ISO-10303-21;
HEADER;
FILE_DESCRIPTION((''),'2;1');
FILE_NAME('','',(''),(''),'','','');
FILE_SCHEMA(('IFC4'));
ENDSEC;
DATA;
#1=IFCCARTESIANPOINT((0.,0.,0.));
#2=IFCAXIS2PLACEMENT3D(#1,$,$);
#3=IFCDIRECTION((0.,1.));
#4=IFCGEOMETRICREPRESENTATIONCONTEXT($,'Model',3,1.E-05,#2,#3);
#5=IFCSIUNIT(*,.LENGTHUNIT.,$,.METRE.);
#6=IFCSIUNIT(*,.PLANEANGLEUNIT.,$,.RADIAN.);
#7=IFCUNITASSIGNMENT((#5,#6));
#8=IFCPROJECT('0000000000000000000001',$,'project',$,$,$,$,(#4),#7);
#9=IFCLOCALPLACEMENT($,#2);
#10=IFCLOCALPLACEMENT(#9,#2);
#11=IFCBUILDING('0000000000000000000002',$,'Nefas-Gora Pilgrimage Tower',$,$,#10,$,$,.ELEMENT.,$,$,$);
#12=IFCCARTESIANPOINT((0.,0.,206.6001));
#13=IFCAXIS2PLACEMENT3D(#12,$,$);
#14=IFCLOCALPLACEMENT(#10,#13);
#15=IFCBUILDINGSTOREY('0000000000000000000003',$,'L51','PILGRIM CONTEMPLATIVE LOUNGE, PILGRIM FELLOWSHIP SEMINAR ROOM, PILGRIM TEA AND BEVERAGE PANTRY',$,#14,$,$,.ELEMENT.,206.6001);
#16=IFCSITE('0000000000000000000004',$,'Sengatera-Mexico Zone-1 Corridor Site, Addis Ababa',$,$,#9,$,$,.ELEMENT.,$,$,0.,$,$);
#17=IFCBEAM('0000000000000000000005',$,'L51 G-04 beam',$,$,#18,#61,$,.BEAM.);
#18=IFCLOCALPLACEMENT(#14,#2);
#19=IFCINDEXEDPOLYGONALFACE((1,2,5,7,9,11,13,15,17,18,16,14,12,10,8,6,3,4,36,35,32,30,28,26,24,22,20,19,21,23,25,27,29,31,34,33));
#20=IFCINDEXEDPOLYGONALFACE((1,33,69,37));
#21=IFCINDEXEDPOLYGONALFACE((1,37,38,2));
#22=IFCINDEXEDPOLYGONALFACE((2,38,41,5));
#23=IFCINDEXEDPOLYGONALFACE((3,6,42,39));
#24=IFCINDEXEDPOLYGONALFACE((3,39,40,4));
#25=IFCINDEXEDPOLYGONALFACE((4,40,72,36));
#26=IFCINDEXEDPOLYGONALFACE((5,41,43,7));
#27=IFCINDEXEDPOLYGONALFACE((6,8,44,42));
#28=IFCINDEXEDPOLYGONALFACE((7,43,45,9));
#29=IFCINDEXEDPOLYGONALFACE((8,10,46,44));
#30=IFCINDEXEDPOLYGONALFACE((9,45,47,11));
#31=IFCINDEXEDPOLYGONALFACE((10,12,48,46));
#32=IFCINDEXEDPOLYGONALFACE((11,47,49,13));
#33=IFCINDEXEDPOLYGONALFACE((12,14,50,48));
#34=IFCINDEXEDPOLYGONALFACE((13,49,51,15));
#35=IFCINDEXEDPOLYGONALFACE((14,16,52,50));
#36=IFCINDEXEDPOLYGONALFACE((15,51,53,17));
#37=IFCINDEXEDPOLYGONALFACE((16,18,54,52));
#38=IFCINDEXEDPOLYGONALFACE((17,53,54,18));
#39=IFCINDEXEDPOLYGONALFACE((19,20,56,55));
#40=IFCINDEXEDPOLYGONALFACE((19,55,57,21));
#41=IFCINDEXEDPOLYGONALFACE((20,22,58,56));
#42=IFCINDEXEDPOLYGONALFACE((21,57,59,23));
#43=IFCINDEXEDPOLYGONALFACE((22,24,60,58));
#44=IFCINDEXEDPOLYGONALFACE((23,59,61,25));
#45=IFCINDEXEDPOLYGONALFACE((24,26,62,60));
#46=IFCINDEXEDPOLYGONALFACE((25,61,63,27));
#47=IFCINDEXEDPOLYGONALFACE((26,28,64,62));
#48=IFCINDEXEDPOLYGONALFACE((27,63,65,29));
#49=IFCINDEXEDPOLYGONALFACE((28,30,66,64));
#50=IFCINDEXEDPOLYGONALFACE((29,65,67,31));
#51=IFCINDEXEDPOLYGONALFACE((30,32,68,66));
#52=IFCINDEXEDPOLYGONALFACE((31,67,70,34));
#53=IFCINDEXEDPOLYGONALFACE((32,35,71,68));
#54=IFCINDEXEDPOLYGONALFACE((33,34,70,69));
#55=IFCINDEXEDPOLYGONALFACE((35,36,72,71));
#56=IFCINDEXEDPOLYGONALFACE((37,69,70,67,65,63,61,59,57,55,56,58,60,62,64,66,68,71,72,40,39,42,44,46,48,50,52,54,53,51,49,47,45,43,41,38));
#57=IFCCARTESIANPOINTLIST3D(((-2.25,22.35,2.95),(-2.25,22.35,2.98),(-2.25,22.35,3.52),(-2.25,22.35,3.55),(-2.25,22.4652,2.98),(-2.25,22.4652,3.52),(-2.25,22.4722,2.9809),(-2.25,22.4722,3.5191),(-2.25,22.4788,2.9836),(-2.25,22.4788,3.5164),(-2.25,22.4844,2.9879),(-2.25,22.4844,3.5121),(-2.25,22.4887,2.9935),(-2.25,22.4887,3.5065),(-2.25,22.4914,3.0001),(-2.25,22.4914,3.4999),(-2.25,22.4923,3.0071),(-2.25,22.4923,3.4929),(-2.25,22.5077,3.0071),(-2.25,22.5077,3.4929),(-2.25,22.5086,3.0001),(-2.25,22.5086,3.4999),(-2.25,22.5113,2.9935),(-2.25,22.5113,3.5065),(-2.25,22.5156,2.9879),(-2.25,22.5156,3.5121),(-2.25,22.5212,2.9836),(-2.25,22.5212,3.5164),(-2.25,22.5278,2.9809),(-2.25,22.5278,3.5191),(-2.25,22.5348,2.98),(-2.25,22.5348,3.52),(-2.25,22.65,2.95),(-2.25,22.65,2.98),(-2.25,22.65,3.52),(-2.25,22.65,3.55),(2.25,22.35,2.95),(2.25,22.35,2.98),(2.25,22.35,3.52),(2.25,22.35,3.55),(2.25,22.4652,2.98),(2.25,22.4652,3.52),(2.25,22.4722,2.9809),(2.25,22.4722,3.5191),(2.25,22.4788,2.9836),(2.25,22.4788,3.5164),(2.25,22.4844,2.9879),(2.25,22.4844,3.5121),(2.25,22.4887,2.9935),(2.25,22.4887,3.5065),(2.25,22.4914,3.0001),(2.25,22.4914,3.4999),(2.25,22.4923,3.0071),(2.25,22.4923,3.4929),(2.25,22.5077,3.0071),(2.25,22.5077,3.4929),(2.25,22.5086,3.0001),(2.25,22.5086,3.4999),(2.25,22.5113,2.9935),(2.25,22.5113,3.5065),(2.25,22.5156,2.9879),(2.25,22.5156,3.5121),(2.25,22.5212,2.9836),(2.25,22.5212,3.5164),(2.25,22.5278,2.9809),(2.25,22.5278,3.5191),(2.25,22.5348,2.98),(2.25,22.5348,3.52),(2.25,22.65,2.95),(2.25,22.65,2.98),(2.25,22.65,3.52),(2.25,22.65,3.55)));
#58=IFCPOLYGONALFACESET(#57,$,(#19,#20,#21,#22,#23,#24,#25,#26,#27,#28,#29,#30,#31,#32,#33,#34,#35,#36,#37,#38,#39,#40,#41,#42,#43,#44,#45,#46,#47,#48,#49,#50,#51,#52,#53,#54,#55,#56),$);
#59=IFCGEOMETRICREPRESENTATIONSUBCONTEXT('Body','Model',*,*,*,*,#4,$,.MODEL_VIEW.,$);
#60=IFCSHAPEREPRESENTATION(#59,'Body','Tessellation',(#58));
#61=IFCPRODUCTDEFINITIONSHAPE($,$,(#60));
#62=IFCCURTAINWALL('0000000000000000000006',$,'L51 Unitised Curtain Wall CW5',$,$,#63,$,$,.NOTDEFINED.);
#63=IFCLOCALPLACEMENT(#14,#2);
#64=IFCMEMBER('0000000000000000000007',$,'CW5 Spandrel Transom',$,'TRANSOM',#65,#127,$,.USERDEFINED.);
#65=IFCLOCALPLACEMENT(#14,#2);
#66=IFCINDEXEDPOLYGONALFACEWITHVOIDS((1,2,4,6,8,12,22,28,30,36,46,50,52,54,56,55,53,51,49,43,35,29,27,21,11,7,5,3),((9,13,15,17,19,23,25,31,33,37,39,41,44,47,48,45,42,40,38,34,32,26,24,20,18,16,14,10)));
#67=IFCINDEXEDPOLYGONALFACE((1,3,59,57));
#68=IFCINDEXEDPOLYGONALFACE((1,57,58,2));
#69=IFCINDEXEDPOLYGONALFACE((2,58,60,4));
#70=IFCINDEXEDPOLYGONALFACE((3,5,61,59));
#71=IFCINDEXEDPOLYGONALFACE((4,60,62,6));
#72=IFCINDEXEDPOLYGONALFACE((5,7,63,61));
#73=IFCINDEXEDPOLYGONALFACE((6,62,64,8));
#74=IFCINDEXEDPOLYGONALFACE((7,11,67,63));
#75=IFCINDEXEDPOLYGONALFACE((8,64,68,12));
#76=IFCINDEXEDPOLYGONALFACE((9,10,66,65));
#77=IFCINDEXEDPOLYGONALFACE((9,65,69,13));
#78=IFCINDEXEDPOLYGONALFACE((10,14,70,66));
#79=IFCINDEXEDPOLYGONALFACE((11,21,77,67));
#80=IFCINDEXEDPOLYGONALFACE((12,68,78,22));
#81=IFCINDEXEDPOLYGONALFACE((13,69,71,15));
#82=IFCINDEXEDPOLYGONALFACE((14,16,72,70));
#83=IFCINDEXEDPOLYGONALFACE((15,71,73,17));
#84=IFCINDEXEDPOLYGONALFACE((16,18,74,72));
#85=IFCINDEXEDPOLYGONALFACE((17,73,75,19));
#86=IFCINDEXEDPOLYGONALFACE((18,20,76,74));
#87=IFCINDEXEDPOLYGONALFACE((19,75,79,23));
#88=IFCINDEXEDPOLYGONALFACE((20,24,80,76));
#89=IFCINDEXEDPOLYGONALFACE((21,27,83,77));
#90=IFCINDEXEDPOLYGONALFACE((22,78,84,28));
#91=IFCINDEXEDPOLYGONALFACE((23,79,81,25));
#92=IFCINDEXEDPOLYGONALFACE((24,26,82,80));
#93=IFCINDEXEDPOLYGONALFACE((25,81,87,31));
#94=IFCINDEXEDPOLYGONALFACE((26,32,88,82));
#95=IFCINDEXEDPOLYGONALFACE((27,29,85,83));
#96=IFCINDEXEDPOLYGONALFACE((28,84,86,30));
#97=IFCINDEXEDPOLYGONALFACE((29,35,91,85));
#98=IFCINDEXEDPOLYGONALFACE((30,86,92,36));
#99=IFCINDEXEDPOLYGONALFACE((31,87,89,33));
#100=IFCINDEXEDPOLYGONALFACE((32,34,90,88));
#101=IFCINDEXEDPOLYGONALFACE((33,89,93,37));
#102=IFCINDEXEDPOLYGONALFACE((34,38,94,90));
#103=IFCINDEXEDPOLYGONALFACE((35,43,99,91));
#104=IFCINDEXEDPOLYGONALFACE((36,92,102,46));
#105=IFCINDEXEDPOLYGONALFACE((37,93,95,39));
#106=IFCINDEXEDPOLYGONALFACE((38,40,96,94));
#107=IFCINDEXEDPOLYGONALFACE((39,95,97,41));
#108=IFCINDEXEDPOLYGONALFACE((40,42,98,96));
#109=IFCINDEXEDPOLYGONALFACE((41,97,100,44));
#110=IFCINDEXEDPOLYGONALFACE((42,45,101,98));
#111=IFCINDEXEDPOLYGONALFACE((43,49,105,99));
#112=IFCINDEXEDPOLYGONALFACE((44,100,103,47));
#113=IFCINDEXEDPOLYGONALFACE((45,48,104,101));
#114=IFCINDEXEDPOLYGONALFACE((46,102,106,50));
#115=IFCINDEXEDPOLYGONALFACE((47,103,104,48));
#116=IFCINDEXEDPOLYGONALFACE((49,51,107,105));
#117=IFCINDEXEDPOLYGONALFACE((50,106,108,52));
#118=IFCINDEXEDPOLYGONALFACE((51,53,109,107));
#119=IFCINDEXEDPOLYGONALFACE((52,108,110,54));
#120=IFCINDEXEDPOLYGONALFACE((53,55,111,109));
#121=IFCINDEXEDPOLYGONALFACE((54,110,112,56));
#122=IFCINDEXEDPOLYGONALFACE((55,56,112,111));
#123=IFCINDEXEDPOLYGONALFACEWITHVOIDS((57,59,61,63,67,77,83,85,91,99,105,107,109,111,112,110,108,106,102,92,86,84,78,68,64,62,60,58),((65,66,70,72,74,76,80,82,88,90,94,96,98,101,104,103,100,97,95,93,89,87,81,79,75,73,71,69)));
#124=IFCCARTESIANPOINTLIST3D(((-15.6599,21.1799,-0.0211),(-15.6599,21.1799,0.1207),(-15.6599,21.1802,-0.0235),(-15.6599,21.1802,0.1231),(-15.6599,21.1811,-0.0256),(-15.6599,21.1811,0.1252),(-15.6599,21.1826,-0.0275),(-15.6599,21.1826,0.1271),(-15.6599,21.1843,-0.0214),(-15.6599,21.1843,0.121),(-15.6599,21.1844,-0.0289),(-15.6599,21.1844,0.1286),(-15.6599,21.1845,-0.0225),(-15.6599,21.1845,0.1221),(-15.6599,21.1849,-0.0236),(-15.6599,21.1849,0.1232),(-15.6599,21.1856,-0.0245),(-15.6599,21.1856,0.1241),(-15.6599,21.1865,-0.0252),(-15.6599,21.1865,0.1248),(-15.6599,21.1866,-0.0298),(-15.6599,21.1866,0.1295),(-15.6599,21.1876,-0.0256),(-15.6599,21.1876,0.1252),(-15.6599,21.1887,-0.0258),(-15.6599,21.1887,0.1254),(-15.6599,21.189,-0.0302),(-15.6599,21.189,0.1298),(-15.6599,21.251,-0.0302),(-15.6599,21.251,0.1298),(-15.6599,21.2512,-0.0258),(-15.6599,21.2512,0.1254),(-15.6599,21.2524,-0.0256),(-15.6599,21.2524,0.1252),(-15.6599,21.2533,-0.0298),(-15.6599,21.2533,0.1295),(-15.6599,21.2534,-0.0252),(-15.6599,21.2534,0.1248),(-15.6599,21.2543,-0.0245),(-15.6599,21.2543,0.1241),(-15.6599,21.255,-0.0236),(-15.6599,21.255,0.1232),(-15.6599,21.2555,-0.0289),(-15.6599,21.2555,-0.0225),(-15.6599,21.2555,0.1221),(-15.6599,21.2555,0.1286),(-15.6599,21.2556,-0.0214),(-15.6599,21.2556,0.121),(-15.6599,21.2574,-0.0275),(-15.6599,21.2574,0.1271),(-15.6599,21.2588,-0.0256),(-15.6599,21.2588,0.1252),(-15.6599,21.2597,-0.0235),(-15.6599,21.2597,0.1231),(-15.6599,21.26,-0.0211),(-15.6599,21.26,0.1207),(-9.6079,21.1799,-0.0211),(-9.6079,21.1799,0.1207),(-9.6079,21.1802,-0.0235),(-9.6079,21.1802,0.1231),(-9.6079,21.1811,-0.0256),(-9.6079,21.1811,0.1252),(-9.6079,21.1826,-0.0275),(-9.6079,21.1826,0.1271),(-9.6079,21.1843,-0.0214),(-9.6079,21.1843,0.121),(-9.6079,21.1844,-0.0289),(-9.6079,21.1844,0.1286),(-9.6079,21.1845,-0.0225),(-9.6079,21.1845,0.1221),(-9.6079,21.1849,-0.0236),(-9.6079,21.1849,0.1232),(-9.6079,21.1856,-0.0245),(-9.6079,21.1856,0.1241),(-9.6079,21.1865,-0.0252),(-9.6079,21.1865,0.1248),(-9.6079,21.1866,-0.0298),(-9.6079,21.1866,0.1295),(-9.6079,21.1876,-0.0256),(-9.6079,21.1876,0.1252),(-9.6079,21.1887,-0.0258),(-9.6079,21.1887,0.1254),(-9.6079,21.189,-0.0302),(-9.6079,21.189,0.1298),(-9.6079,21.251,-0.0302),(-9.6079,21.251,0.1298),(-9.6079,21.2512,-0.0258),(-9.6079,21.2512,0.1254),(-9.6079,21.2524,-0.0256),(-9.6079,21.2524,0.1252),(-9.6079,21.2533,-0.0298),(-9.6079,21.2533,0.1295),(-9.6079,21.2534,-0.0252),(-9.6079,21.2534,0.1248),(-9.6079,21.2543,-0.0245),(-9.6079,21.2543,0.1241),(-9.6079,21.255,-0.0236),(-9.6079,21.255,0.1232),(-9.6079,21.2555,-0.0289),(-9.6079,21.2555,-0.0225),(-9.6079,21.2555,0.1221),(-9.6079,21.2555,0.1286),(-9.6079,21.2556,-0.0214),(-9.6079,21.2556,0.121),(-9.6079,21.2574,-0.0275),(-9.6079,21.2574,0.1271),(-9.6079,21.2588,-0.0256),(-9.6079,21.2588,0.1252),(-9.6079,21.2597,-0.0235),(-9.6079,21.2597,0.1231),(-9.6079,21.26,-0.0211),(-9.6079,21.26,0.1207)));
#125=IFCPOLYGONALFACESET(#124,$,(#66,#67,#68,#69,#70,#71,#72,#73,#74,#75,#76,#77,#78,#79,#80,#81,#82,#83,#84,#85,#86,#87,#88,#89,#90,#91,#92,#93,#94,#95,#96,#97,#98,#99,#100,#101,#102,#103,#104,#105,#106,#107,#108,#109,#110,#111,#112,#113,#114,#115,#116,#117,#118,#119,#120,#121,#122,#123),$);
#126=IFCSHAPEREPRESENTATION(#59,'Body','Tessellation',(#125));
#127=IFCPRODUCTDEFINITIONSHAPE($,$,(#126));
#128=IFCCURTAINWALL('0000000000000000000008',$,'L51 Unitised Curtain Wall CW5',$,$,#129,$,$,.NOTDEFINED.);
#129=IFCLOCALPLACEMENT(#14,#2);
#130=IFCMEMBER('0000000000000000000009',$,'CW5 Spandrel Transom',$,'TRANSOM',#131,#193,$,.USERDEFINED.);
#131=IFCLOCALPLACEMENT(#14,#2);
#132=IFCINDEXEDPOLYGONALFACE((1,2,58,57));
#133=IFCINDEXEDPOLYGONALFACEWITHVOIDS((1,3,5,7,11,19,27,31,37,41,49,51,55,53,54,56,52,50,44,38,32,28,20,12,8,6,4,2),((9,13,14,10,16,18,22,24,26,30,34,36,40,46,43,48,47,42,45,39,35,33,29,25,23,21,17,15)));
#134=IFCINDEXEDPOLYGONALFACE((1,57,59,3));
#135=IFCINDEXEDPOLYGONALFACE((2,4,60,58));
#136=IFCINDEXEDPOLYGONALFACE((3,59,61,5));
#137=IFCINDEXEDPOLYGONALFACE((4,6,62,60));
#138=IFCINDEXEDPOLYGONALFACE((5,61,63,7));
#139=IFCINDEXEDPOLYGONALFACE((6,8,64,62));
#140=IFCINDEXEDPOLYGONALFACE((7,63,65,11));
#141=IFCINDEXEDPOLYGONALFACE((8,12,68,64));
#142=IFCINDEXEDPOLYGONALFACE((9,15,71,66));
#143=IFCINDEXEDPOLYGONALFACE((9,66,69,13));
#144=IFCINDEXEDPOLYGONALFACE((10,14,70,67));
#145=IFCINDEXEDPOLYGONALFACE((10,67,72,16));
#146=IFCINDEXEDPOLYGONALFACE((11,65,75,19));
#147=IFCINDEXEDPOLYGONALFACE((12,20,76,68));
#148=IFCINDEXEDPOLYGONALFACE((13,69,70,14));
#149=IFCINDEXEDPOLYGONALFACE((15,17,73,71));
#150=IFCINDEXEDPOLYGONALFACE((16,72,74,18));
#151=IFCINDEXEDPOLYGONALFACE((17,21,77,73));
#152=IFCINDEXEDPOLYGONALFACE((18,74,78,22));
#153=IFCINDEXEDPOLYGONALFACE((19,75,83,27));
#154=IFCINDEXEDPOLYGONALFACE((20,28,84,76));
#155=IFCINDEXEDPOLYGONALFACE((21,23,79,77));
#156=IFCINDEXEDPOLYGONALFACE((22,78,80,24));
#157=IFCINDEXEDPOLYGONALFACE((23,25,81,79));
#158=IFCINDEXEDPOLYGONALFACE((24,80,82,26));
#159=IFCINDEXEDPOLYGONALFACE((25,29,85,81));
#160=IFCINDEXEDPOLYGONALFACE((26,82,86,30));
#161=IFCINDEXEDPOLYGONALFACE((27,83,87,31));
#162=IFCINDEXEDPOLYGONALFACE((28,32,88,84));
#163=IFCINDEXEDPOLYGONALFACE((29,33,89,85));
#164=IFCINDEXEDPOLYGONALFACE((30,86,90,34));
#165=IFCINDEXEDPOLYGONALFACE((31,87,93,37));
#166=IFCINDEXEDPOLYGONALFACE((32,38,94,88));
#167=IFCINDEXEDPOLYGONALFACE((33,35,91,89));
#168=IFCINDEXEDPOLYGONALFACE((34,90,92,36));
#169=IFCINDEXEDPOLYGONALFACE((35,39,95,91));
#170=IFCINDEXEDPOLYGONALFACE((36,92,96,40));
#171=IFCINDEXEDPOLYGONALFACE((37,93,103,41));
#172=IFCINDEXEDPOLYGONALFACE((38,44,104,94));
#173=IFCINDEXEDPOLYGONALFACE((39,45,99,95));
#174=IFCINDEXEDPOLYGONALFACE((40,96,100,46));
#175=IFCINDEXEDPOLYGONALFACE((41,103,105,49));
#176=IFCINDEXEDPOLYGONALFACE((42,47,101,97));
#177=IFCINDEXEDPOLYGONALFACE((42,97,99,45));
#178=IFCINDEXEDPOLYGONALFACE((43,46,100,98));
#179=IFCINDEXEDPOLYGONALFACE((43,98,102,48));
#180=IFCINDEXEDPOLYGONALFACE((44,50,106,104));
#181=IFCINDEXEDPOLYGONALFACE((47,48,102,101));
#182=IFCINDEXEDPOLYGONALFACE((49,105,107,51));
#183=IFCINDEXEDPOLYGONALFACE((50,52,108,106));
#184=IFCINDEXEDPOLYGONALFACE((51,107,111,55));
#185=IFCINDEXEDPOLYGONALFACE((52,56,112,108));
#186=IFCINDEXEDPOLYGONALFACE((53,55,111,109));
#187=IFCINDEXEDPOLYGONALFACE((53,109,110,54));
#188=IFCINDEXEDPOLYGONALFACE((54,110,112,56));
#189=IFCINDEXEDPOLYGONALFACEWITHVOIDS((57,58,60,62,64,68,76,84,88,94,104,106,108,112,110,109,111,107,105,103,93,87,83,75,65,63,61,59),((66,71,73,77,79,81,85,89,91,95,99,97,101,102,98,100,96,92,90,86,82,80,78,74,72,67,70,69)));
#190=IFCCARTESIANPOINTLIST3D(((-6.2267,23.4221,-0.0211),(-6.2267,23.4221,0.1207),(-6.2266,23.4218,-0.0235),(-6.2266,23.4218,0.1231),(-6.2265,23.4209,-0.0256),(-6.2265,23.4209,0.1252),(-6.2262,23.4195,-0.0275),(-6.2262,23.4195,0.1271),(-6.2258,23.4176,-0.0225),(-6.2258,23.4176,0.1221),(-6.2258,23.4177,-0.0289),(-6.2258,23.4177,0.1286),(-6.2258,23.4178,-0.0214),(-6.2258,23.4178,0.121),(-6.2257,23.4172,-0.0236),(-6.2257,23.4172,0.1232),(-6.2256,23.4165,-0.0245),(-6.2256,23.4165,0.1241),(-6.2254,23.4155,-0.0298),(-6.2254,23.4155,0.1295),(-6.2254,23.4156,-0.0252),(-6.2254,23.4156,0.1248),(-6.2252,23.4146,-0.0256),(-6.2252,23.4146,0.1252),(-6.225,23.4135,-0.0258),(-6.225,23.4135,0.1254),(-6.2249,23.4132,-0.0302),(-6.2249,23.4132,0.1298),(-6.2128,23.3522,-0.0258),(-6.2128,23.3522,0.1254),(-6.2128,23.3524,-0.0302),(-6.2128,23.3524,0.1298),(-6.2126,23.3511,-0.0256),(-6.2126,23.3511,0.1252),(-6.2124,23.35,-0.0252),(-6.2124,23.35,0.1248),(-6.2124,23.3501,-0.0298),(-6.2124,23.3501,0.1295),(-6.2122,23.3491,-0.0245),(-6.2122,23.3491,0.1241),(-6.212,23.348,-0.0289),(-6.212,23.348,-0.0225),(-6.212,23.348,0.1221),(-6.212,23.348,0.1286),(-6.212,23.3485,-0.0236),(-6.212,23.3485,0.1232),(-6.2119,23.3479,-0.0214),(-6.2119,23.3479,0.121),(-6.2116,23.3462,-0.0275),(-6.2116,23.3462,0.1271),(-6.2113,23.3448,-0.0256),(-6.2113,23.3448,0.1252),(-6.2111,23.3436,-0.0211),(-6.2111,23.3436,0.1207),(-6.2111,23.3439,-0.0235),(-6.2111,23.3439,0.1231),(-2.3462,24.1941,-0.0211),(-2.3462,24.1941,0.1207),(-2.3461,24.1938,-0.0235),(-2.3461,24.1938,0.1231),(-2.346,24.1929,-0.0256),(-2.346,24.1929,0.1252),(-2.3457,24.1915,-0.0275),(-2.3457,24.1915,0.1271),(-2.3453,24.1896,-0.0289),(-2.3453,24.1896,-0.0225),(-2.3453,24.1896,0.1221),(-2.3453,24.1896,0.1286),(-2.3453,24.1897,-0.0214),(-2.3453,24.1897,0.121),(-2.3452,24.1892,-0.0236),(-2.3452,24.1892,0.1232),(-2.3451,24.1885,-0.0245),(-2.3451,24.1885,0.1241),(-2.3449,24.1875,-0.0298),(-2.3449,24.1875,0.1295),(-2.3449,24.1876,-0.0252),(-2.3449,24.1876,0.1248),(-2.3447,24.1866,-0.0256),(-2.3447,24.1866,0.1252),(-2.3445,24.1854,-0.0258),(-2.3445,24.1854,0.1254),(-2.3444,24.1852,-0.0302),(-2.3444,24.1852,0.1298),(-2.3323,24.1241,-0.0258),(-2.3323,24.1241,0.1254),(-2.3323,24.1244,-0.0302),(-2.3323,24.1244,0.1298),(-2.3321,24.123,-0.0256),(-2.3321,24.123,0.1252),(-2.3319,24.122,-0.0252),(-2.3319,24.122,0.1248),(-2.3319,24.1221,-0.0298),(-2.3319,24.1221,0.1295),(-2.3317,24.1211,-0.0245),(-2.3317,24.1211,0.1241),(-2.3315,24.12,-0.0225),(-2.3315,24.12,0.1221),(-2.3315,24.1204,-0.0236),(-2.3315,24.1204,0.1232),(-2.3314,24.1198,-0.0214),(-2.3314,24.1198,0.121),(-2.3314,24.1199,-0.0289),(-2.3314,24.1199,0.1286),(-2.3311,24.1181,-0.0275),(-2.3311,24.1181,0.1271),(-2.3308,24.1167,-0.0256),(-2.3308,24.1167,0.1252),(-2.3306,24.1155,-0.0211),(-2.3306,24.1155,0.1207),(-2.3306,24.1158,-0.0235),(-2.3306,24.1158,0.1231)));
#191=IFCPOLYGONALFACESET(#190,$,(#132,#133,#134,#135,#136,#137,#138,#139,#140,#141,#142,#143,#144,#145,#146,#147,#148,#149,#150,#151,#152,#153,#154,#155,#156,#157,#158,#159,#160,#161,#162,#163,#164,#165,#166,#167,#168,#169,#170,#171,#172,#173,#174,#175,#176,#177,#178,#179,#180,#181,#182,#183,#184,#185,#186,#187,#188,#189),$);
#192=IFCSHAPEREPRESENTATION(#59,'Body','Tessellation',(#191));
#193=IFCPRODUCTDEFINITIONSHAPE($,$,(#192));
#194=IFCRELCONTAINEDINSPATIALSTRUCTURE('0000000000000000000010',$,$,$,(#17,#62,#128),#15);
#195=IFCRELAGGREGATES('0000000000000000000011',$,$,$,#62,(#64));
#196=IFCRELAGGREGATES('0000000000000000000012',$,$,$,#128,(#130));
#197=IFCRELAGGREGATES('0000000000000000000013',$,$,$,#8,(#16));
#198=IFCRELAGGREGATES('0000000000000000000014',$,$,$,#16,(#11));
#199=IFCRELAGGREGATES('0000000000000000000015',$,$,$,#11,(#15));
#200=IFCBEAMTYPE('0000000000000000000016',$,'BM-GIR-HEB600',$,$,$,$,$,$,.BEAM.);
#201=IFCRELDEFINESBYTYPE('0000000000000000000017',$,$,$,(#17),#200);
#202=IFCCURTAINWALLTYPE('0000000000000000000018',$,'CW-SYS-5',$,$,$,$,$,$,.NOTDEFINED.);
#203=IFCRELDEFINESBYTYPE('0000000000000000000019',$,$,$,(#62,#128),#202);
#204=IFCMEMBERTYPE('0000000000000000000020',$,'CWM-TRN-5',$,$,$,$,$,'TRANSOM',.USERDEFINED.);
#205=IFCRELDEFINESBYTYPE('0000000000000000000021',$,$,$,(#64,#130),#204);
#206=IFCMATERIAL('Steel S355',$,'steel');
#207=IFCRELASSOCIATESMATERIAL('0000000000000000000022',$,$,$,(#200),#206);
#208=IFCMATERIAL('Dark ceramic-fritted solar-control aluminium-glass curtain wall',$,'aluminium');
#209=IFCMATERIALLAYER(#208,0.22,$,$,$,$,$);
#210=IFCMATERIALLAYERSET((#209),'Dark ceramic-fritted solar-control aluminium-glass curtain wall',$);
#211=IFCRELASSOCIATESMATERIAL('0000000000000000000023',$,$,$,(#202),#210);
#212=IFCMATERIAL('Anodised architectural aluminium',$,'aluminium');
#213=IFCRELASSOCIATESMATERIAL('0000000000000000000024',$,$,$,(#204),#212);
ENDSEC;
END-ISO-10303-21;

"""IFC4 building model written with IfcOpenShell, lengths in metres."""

from ifc_helpers import new_model, si_unit, direction, frame, origin, origin_2d, place, context, subcontext, project, spatial, hollow_rectangle, i_section, extrude, source, transform, mapped, material, layer, layer_set, material_profile, profile_set, type_object, element, aggregate, save


model = new_model("IFC4")

# Units and contexts
model_context = context("Model", 3, precision=1e-05, world=origin(), true_north=direction((0.0, 1.0)))
body_context = subcontext(model_context, "Body", "Model", "MODEL_VIEW")
ifc_project = project(units=[si_unit("LENGTHUNIT", "METRE"), si_unit("PLANEANGLEUNIT", "RADIAN")], contexts=[model_context])

# Site, building, storey
site_placement = place(None, origin())
site = spatial("IfcSite", under=ifc_project, at=site_placement, Name="Sengatera-Mexico Zone-1 Corridor Site, Addis Ababa", CompositionType="ELEMENT", RefElevation=0.0)
building_placement = place(site_placement, origin())
building = spatial("IfcBuilding", under=site, at=building_placement, Name="Nefas-Gora Pilgrimage Tower", CompositionType="ELEMENT")
storey_placement = place(building_placement, frame((0.0, 0.0, 206.6001)))
storey = spatial("IfcBuildingStorey", under=building, at=storey_placement, Name="L51", Description="PILGRIM CONTEMPLATIVE LOUNGE, PILGRIM FELLOWSHIP SEMINAR ROOM, PILGRIM TEA AND BEVERAGE PANTRY", CompositionType="ELEMENT", Elevation=206.6001)

# Beam
ifc_material_1 = material(Name="Steel S355", Category="steel")
ifc_material_profile_1 = material_profile(ifc_material_1, i_section(OverallWidth=0.3, OverallDepth=0.6001, WebThickness=0.0154, FlangeThickness=0.03, FilletRadius=0.0271, at=origin_2d()), Name="HEB 600")
ifc_profile_set_1 = profile_set([ifc_material_profile_1], Name="Steel S355")
beam_type_1 = type_object("IfcBeamType", Name="BM-GIR-HEB600", PredefinedType="BEAM", material=ifc_profile_set_1)
shared_shape_1 = source(origin(), body_context, "Body", "SweptSolid", [
    extrude(i_section(OverallWidth=0.3, OverallDepth=0.6001, WebThickness=0.0154, FlangeThickness=0.03, FilletRadius=0.0271, at=origin_2d()), origin(), (0.0, 0.0, 1.0), 4.5),
])
for number, where, z_axis, x_axis, name in (
    (1, (-2.25, 22.5, 3.25), (1.0, 0.0, 0.0), (0.0, 1.0, 0.0), "L51 G-04 beam"),
):
    element("IfcBeam", number, at=place(storey_placement, frame(where, z_axis=z_axis, x_axis=x_axis)), inside=storey, type_object=beam_type_1, Name=name, PredefinedType="BEAM", context=body_context, shape_type="MappedRepresentation", body=[
        mapped(shared_shape_1, transform((0.0, 0.0, 0.0), x_axis=(1.0, 0.0, 0.0), y_axis=(0.0, 1.0, 0.0), z_axis=(0.0, 0.0, 1.0), scale=1.0)),
    ])

# Curtain walls, members
ifc_material_2 = material(Name="Dark ceramic-fritted solar-control aluminium-glass curtain wall", Category="aluminium")
ifc_layer_1 = layer(ifc_material_2, 0.22)
ifc_layer_set_1 = layer_set([ifc_layer_1], Name="Dark ceramic-fritted solar-control aluminium-glass curtain wall")
curtain_wall_type = type_object("IfcCurtainWallType", Name="CW-SYS-5", PredefinedType="NOTDEFINED", material=ifc_layer_set_1)
curtain_wall_1_placement = place(storey_placement, origin())
curtain_wall_1 = element("IfcCurtainWall", 2, at=curtain_wall_1_placement, inside=storey, type_object=curtain_wall_type, Name="L51 Unitised Curtain Wall CW5", PredefinedType="NOTDEFINED")
ifc_material_3 = material(Name="Anodised architectural aluminium", Category="aluminium")
ifc_material_profile_2 = material_profile(ifc_material_3, hollow_rectangle(XDim=0.0801, YDim=0.1599, WallThickness=0.0044, InnerFilletRadius=0.0044, OuterFilletRadius=0.009, at=origin_2d()), Name="ALU TRANSOM 80x160")
ifc_profile_set_2 = profile_set([ifc_material_profile_2], Name="Anodised architectural aluminium")
member_type_1 = type_object("IfcMemberType", Name="CWM-TRN-5", ElementType="TRANSOM", PredefinedType="USERDEFINED", material=ifc_profile_set_2)
shared_shape_2 = source(origin(), body_context, "Body", "SweptSolid", [
    extrude(hollow_rectangle(XDim=0.0801, YDim=0.1599, WallThickness=0.0044, InnerFilletRadius=0.0044, OuterFilletRadius=0.009, at=origin_2d()), origin(), (0.0, 0.0, 1.0), 6.052),
])
member_1_placement = place(storey_placement, frame((-9.6079, 21.22, 0.0498), z_axis=(-1.0, 0.0, 0.0), x_axis=(0.0, -1.0, 0.0)))
member_1 = element("IfcMember", 3, at=member_1_placement, type_object=member_type_1, Name="CW5 Spandrel Transom", ObjectType="TRANSOM", PredefinedType="USERDEFINED", context=body_context, shape_type="MappedRepresentation", body=[
    mapped(shared_shape_2, transform((0.0, 0.0, 0.0), x_axis=(1.0, 0.0, 0.0), y_axis=(0.0, 1.0, 0.0), z_axis=(0.0, 0.0, 1.0), scale=1.0)),
])
curtain_wall_2_placement = place(storey_placement, origin())
curtain_wall_2 = element("IfcCurtainWall", 4, at=curtain_wall_2_placement, inside=storey, type_object=curtain_wall_type, Name="L51 Unitised Curtain Wall CW5", PredefinedType="NOTDEFINED")
shared_shape_3 = source(origin(), body_context, "Body", "SweptSolid", [
    extrude(hollow_rectangle(XDim=0.0801, YDim=0.1599, WallThickness=0.0044, InnerFilletRadius=0.0044, OuterFilletRadius=0.009, at=origin_2d()), origin(), (0.0, 0.0, 1.0), 3.9565),
])
member_2_placement = place(storey_placement, frame((-2.3384, 24.1548, 0.0498), z_axis=(-0.980782, -0.195107, 0.0), x_axis=(0.195107, -0.980782, 0.0)))
member_2 = element("IfcMember", 5, at=member_2_placement, type_object=member_type_1, Name="CW5 Spandrel Transom", ObjectType="TRANSOM", PredefinedType="USERDEFINED", context=body_context, shape_type="MappedRepresentation", body=[
    mapped(shared_shape_3, transform((0.0, 0.0, 0.0), x_axis=(1.0, 0.0, 0.0), y_axis=(0.0, 1.0, 0.0), z_axis=(0.0, 0.0, 1.0), scale=1.0)),
])

aggregate(curtain_wall_1, [member_1])

aggregate(curtain_wall_2, [member_2])

save(model, "model.ifc")
